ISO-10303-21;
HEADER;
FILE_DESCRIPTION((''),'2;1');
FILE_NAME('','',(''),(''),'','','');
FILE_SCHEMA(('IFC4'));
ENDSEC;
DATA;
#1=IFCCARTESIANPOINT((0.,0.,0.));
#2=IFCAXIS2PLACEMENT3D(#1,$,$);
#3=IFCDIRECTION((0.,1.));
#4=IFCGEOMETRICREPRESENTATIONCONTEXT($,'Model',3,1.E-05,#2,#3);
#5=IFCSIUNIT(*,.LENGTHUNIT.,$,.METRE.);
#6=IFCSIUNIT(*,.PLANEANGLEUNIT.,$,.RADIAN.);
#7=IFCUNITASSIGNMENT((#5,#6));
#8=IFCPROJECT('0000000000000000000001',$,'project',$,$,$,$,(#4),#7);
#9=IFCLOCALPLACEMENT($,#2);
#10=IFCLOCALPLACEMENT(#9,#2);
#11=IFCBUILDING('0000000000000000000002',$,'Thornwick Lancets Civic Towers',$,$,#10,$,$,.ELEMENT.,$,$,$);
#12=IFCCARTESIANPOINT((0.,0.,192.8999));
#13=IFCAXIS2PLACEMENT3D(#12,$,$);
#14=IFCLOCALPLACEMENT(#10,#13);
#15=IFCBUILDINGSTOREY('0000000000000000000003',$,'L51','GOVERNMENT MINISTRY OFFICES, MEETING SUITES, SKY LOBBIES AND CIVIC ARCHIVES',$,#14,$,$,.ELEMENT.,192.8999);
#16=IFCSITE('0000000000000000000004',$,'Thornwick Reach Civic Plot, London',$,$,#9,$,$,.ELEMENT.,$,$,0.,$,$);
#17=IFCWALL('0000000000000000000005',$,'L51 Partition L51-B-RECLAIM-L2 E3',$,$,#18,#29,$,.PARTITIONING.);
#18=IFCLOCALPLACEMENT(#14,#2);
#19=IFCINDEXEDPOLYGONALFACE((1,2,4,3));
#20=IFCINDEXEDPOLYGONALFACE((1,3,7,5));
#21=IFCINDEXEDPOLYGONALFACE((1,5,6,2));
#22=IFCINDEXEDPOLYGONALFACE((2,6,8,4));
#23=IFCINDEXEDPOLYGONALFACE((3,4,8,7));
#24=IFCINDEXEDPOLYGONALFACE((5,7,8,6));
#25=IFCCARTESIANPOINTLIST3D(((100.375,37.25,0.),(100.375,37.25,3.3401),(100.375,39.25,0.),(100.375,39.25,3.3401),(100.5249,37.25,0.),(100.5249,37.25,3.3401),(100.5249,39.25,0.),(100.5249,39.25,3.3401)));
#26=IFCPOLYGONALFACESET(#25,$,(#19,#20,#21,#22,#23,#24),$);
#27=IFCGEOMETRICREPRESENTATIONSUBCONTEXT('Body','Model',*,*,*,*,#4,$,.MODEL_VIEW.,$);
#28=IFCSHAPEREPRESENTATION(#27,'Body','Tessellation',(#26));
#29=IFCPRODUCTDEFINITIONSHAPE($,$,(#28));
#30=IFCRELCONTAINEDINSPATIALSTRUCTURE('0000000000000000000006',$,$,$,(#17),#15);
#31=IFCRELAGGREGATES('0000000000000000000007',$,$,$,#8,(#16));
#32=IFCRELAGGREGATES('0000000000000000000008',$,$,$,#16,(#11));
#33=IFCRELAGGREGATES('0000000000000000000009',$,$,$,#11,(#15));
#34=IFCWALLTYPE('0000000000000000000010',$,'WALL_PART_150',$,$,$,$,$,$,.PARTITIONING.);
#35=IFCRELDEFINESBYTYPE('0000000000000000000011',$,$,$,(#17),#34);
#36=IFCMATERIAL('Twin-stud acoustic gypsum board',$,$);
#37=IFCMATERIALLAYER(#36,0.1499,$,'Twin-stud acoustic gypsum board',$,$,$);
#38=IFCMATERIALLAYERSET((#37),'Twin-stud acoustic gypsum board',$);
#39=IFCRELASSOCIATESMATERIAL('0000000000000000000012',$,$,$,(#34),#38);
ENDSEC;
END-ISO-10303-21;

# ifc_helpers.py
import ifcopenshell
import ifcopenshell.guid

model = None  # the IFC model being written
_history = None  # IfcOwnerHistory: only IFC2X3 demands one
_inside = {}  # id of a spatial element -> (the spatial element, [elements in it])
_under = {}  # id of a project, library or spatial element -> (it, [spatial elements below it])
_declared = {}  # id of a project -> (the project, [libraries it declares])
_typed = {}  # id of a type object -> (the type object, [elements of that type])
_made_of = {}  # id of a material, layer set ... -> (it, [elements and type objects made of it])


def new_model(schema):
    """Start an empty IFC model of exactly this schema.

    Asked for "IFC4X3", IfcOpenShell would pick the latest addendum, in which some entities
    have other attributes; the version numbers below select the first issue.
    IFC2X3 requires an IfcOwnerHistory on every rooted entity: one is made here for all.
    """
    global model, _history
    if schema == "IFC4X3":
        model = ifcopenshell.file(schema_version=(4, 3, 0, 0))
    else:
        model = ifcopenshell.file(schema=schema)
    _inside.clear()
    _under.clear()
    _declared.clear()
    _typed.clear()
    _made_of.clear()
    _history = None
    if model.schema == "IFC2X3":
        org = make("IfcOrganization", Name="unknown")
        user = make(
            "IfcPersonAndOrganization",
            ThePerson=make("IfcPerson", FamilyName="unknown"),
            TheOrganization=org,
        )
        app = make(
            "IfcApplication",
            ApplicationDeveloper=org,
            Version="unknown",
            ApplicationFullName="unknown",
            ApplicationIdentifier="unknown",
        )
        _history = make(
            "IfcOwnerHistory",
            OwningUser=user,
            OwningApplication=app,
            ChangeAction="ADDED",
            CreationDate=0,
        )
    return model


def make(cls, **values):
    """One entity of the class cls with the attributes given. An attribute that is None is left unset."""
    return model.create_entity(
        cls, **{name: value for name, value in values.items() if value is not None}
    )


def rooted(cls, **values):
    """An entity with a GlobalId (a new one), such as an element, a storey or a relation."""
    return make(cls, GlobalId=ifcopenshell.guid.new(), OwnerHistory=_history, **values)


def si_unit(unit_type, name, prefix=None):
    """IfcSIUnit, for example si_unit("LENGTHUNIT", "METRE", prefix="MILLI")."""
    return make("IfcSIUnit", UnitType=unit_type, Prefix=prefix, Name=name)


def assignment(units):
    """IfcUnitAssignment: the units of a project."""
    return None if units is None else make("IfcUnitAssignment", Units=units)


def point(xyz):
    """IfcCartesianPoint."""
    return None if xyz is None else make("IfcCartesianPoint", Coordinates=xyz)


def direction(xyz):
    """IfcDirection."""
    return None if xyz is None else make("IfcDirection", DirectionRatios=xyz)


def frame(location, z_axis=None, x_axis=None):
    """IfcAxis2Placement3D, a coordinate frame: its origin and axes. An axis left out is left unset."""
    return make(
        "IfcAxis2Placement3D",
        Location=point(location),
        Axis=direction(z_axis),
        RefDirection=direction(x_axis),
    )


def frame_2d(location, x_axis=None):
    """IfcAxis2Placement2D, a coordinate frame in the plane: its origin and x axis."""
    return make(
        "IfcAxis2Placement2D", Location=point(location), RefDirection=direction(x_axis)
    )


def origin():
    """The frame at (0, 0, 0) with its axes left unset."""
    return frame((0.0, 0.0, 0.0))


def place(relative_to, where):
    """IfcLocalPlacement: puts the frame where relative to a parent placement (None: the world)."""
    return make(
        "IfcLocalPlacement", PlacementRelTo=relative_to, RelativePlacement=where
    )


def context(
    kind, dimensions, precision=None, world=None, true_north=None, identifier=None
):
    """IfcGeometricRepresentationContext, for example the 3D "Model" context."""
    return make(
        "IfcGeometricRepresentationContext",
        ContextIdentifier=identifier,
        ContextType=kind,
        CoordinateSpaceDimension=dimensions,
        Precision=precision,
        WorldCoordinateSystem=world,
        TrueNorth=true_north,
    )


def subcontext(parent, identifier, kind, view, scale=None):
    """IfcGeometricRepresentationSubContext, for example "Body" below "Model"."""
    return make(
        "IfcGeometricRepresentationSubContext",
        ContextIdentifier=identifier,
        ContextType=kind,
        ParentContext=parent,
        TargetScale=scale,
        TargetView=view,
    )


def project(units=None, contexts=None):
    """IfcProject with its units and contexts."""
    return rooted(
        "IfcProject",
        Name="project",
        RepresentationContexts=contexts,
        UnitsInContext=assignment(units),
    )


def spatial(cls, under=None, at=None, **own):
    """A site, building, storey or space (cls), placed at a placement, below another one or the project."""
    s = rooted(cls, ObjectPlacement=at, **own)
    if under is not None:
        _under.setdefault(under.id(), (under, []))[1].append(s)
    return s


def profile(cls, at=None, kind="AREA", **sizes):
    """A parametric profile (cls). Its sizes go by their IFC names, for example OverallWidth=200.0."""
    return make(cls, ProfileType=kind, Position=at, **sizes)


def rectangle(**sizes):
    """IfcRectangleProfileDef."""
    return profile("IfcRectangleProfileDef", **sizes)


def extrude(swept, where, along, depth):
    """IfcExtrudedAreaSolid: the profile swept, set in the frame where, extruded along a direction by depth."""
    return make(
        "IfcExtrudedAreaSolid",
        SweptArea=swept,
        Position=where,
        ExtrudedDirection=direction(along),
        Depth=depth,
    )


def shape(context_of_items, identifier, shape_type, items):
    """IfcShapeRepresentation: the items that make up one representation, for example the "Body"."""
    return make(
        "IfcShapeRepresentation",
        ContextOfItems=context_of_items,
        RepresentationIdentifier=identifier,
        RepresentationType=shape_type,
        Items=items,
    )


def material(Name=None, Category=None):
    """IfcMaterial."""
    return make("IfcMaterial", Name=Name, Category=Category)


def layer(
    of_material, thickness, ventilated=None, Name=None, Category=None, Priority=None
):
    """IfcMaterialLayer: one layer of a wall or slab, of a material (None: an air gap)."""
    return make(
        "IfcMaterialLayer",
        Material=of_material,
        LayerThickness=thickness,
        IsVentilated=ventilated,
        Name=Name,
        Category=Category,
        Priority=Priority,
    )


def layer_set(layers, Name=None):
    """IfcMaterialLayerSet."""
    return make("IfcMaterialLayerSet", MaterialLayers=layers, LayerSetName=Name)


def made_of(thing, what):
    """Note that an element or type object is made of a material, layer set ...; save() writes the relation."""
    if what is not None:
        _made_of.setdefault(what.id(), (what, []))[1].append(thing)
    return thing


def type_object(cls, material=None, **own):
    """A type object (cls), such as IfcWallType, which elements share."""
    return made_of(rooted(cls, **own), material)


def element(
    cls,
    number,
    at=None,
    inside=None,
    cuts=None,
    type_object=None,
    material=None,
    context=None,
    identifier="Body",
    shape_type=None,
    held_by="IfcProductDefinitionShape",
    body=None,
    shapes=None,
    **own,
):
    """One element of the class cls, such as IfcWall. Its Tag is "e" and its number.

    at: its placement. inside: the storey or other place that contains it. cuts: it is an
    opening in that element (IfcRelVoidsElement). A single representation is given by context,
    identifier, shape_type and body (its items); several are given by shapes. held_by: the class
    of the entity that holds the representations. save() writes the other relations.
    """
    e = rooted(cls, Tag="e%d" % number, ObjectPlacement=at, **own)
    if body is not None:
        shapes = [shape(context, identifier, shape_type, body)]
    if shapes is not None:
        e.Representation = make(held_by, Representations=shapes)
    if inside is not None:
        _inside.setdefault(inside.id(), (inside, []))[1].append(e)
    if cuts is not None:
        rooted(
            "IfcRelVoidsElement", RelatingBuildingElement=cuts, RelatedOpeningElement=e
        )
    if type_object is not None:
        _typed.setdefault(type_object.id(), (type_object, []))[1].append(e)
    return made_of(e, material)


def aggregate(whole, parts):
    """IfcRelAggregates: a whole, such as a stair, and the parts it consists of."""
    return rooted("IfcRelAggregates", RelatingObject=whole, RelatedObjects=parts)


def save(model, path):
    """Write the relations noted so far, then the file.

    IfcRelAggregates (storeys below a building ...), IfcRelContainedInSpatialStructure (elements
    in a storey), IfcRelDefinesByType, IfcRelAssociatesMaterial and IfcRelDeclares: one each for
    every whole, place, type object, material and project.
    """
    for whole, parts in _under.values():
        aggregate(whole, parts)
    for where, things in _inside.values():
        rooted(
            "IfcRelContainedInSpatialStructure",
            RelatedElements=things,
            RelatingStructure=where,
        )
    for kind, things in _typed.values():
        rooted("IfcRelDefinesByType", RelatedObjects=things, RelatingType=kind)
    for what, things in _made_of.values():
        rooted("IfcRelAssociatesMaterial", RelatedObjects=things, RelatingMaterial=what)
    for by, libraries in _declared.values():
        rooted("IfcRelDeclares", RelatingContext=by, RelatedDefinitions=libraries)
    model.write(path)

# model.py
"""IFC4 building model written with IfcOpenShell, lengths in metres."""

from ifc_helpers import new_model, si_unit, direction, frame, frame_2d, origin, place, context, subcontext, project, spatial, rectangle, extrude, material, layer, layer_set, type_object, element, save


model = new_model("IFC4")

# Units and contexts
model_context = context("Model", 3, precision=1e-05, world=origin(), true_north=direction((0.0, 1.0)))
body_context = subcontext(model_context, "Body", "Model", "MODEL_VIEW")
ifc_project = project(units=[si_unit("LENGTHUNIT", "METRE"), si_unit("PLANEANGLEUNIT", "RADIAN")], contexts=[model_context])

# Site, building, storey
site_placement = place(None, origin())
site = spatial("IfcSite", under=ifc_project, at=site_placement, Name="Thornwick Reach Civic Plot, London", CompositionType="ELEMENT", RefElevation=0.0)
building_placement = place(site_placement, origin())
building = spatial("IfcBuilding", under=site, at=building_placement, Name="Thornwick Lancets Civic Towers", CompositionType="ELEMENT")
storey_placement = place(building_placement, frame((0.0, 0.0, 192.8999)))
storey = spatial("IfcBuildingStorey", under=building, at=storey_placement, Name="L51", Description="GOVERNMENT MINISTRY OFFICES, MEETING SUITES, SKY LOBBIES AND CIVIC ARCHIVES", CompositionType="ELEMENT", Elevation=192.8999)

# Wall
ifc_material_1 = material(Name="Twin-stud acoustic gypsum board")
ifc_layer_1 = layer(ifc_material_1, 0.1499, Name="Twin-stud acoustic gypsum board")
ifc_layer_set_1 = layer_set([ifc_layer_1], Name="Twin-stud acoustic gypsum board")
wall_type_1 = type_object("IfcWallType", Name="WALL_PART_150", PredefinedType="PARTITIONING", material=ifc_layer_set_1)
wall_1_placement = place(storey_placement, frame((100.45, 39.25, 0.0), z_axis=(0.0, 0.0, 1.0), x_axis=(0.0, -1.0, 0.0)))
element("IfcWall", 1, at=wall_1_placement, inside=storey, type_object=wall_type_1, Name="L51 Partition L51-B-RECLAIM-L2 E3", PredefinedType="PARTITIONING", context=body_context, shape_type="SweptSolid", body=[
    extrude(rectangle(XDim=2.0, YDim=0.1499, at=frame_2d((1.0, 0.0))), origin(), (0.0, 0.0, 1.0), 3.3401),
])

save(model, "model.ifc")
